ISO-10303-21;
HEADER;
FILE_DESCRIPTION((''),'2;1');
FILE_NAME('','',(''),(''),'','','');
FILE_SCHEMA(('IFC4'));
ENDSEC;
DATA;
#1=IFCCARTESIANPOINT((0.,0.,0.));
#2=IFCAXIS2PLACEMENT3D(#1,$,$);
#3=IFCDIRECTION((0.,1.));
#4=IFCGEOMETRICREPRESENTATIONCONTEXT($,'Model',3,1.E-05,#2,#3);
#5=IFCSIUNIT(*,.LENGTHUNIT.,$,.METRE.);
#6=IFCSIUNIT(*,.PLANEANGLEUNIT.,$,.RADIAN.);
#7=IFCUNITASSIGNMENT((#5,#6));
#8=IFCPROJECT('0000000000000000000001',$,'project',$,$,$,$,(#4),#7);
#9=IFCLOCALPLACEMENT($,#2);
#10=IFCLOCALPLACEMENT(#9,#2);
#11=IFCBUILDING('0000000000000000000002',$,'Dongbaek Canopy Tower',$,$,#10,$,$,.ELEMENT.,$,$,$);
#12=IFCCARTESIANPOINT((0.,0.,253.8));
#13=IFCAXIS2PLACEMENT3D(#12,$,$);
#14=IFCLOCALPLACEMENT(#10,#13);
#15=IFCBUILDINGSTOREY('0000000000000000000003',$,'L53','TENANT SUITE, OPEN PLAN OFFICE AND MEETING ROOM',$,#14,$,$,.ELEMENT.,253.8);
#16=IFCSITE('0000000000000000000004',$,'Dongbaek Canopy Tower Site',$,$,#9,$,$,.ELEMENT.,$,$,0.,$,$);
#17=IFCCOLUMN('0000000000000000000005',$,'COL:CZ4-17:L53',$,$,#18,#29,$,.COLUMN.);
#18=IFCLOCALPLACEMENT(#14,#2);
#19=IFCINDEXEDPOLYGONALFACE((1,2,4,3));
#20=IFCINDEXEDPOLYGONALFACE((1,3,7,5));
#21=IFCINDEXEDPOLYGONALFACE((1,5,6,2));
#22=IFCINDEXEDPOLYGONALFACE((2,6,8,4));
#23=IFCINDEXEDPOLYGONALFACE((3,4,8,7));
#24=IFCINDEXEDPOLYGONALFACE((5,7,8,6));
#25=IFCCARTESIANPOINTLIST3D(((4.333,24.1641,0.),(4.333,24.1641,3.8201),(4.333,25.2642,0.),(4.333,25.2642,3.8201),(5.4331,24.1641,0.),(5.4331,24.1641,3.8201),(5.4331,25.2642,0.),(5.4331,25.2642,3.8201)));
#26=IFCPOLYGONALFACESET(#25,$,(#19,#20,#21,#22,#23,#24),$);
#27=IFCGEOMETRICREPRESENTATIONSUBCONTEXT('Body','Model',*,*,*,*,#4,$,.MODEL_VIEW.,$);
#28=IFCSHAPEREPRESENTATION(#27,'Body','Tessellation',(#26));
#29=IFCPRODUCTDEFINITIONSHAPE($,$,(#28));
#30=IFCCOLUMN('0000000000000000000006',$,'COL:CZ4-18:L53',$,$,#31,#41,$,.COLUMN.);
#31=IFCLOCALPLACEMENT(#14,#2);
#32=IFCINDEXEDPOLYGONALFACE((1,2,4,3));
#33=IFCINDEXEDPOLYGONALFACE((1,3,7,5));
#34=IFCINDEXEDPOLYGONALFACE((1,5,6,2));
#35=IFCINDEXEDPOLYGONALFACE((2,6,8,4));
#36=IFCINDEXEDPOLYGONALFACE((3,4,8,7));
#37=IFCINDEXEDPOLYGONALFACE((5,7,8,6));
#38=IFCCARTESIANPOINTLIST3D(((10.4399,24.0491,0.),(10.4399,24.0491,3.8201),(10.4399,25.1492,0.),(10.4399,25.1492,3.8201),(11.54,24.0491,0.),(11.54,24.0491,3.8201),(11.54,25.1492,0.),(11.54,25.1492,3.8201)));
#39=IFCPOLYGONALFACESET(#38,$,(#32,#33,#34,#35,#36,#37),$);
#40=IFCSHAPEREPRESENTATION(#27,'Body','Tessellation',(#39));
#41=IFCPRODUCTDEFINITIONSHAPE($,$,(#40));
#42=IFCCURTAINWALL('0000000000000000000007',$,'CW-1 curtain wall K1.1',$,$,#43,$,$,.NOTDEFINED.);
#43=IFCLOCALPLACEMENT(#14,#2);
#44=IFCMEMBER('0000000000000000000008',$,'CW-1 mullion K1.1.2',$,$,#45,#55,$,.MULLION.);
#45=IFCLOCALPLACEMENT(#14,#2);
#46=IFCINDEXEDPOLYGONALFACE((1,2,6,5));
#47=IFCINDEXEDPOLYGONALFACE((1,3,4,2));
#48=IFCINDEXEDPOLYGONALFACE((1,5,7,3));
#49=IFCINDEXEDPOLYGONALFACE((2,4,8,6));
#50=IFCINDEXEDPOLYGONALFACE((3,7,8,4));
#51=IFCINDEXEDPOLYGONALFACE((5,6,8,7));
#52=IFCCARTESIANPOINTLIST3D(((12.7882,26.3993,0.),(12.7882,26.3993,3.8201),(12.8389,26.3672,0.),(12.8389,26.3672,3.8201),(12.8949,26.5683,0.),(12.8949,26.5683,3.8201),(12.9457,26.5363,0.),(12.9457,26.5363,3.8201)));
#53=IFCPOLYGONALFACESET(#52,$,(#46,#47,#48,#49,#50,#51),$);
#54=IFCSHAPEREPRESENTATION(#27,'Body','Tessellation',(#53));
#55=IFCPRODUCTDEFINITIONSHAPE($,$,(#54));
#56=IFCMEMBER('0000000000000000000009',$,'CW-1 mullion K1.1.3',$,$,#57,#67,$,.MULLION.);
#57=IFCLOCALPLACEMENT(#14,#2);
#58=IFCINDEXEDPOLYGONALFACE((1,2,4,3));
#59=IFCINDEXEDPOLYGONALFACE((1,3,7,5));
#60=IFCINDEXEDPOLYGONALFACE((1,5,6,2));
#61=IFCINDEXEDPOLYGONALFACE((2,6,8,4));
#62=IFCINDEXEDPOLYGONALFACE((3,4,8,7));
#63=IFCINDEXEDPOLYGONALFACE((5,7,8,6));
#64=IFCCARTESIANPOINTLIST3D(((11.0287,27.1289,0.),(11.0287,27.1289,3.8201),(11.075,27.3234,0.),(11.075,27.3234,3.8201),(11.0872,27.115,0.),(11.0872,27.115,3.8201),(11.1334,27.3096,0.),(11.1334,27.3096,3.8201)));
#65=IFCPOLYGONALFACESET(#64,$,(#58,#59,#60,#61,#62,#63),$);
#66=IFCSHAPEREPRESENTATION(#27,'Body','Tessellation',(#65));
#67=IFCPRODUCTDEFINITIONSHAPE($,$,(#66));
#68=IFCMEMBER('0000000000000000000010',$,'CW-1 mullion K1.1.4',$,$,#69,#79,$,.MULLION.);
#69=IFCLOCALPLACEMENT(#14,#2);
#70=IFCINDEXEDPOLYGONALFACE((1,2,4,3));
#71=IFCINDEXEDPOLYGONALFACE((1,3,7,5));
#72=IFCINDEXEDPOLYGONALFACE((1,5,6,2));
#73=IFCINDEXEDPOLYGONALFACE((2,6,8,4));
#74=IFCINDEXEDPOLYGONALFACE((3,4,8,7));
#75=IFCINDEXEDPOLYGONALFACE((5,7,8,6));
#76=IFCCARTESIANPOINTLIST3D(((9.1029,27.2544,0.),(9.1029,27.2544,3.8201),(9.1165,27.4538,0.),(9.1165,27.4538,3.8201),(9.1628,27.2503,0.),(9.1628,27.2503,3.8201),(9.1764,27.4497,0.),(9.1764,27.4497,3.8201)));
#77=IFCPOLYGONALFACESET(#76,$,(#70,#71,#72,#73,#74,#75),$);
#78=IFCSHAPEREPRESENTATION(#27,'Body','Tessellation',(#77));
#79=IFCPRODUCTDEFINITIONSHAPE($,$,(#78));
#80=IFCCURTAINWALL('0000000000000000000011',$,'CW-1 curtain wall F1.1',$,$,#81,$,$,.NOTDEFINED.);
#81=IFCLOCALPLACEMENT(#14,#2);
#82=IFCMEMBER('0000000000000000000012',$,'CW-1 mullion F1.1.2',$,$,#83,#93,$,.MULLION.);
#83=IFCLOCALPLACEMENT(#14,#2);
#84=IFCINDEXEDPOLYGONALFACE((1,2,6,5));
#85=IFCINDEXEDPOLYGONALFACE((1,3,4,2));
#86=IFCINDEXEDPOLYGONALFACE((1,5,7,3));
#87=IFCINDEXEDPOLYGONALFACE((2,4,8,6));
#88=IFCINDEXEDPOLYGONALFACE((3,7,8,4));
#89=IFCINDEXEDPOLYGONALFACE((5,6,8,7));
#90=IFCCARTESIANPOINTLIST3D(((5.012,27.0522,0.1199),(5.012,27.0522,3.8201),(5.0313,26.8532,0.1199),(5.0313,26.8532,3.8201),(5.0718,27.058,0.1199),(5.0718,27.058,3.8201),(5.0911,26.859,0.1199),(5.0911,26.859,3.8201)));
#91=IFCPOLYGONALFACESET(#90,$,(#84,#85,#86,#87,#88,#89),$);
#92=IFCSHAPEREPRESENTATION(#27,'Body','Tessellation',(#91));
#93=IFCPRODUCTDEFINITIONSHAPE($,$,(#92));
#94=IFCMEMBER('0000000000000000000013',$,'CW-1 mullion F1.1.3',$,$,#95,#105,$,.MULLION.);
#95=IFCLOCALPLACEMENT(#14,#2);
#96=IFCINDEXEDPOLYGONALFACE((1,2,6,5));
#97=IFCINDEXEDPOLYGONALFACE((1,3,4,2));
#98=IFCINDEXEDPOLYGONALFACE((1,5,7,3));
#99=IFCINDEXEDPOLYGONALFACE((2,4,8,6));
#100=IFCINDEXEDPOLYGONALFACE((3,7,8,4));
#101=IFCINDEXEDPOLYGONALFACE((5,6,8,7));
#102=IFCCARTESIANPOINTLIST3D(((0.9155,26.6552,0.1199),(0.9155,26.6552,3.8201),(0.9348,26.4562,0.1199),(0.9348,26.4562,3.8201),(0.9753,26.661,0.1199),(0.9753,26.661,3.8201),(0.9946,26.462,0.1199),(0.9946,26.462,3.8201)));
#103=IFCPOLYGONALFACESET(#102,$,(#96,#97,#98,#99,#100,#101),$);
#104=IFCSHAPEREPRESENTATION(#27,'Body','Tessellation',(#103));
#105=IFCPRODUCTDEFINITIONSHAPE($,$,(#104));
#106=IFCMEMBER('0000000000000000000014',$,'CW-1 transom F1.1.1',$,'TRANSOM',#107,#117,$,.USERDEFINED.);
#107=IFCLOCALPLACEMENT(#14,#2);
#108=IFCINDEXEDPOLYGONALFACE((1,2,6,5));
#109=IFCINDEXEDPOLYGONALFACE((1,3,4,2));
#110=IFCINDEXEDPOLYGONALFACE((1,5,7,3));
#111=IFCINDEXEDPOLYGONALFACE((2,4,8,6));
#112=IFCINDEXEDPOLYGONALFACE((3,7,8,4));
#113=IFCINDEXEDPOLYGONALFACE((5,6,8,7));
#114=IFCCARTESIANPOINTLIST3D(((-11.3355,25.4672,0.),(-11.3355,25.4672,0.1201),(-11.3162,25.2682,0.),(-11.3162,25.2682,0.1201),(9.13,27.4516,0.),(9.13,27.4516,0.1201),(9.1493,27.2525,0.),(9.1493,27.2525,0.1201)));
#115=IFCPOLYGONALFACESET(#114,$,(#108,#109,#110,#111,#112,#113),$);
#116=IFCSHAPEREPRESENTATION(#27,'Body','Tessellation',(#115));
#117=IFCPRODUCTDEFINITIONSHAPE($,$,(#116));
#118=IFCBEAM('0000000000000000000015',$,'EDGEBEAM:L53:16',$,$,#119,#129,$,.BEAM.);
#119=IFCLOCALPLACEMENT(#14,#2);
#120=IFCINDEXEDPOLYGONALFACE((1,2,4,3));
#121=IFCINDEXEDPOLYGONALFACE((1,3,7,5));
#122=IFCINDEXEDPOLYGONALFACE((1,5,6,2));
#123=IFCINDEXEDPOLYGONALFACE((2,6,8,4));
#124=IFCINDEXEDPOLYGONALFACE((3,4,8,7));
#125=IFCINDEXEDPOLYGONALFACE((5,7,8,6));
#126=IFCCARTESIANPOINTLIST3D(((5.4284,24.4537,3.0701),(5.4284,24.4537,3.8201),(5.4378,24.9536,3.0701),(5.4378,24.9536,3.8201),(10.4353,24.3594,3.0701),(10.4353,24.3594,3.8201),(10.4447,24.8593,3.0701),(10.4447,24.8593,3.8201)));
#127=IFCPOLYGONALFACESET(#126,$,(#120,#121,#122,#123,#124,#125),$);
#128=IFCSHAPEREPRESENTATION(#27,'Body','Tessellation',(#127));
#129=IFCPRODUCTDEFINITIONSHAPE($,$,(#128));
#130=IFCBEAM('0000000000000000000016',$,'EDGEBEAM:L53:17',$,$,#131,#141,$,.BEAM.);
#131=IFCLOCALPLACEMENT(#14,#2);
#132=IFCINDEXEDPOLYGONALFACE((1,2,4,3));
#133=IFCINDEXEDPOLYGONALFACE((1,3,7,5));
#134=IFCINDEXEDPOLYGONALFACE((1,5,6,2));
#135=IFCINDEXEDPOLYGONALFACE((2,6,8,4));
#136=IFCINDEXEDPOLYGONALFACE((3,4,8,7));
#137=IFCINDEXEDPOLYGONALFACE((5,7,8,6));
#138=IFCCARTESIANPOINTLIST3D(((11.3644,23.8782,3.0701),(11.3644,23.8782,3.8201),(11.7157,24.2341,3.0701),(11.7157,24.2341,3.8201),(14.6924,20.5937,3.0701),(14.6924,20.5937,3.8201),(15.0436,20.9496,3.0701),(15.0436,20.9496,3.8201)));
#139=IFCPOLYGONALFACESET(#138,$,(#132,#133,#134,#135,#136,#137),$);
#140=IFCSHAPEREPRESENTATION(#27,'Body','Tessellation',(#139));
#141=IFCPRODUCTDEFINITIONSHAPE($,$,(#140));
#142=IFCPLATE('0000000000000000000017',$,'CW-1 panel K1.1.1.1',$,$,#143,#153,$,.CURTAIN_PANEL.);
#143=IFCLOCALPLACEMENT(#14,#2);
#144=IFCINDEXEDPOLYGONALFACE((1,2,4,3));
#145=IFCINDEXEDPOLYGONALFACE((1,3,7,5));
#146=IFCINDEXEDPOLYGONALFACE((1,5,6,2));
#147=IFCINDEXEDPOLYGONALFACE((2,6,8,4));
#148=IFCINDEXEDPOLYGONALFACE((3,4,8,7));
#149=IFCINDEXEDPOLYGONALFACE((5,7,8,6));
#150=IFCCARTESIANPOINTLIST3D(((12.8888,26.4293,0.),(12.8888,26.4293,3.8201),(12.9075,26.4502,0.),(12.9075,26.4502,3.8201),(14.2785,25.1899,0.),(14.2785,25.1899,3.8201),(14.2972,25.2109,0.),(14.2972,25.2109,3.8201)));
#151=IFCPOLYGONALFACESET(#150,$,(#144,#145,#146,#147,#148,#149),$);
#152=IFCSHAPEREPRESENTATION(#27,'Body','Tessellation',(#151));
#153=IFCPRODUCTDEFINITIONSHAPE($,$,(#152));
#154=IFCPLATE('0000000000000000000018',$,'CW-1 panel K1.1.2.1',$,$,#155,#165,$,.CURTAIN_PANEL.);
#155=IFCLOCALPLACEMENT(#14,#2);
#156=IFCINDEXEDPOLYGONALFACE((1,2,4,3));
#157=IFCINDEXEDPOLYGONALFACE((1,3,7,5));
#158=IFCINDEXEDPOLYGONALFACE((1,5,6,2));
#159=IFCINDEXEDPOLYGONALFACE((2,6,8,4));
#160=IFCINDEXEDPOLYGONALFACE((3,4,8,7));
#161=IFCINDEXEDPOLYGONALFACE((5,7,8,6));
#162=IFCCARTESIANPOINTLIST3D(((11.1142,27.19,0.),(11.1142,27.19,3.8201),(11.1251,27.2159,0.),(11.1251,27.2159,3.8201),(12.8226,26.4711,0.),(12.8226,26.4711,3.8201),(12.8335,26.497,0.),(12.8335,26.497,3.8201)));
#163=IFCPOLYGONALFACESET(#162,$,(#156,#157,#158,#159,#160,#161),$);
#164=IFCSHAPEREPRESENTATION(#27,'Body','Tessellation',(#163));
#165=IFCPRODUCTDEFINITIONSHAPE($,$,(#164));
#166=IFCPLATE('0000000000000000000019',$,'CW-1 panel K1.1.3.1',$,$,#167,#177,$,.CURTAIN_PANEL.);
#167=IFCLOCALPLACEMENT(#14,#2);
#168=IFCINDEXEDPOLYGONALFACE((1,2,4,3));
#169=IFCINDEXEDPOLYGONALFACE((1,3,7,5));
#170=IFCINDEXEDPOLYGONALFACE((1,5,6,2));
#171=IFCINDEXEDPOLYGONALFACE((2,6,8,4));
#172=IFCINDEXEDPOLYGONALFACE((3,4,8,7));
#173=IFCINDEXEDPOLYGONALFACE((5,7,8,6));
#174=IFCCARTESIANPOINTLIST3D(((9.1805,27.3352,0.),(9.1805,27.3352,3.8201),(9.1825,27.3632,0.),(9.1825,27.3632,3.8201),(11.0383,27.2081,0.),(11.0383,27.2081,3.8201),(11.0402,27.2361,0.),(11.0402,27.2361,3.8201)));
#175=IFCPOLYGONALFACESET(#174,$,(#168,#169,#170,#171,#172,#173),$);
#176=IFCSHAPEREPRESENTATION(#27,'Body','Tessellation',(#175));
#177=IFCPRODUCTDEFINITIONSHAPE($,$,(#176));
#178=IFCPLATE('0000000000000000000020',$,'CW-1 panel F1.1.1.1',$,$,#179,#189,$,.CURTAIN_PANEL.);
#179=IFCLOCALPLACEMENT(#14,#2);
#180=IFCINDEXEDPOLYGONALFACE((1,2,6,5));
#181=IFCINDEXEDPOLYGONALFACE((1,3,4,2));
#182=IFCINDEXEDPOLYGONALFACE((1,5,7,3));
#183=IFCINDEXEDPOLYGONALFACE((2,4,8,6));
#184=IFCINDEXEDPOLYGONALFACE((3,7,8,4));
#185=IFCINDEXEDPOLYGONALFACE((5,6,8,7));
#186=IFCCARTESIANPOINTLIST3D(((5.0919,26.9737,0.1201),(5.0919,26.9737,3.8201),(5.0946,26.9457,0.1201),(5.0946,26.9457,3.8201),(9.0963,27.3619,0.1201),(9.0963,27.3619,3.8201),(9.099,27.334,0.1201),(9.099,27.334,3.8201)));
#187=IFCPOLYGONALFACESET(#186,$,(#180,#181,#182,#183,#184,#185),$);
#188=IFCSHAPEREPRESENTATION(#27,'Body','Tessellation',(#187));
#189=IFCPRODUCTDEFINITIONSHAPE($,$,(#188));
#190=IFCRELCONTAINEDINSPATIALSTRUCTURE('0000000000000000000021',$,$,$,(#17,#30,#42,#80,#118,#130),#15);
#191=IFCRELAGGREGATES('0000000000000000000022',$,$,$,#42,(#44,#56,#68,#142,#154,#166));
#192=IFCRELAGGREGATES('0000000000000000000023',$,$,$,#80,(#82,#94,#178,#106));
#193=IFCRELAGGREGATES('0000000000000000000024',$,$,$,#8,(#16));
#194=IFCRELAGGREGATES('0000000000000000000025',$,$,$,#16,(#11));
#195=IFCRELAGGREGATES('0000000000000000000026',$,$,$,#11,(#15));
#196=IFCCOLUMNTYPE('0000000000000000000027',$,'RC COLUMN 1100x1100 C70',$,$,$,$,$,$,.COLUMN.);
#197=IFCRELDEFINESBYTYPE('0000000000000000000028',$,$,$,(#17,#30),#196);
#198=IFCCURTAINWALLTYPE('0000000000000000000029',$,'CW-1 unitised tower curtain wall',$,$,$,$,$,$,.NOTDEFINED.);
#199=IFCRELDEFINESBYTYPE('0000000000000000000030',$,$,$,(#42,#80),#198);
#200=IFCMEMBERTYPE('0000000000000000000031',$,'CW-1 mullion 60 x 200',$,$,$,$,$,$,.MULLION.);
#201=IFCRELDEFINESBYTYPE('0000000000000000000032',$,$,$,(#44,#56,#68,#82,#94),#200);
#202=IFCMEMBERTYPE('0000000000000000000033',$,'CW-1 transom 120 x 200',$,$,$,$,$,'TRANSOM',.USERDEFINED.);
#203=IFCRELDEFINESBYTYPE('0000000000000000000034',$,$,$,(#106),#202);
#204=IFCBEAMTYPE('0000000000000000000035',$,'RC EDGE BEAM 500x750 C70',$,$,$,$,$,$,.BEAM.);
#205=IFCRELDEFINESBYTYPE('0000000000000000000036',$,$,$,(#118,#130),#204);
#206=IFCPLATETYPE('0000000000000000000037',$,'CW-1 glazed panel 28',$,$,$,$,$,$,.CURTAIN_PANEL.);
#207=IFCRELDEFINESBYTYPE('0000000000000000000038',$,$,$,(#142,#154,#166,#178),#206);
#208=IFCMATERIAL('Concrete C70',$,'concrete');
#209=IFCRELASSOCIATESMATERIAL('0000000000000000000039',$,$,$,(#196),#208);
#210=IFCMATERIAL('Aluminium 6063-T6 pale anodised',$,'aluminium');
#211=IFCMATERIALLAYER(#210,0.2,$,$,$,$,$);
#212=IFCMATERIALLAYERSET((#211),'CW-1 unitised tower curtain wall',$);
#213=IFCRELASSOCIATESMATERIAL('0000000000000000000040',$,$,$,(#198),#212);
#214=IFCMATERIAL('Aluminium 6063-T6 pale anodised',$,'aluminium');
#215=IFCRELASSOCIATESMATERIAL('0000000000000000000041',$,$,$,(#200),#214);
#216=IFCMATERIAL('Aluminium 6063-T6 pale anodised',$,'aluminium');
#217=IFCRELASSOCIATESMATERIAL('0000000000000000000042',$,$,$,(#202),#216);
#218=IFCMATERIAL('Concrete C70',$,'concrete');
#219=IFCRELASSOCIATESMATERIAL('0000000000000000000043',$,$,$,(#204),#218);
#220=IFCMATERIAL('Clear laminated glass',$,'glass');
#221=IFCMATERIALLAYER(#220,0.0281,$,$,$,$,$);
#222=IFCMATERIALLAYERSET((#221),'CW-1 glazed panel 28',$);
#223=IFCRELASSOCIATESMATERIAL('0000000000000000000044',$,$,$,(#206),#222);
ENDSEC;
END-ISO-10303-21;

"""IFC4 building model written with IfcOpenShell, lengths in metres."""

from ifc_helpers import new_model, si_unit, direction, frame, origin, origin_2d, place, context, subcontext, project, spatial, rectangle, extrude, material, layer, layer_set, material_profile, profile_set, type_object, element, aggregate, save


model = new_model("IFC4")

# Units and contexts
model_context = context("Model", 3, precision=1e-05, world=origin(), true_north=direction((0.0, 1.0)))
body_context = subcontext(model_context, "Body", "Model", "MODEL_VIEW")
ifc_project = project(units=[si_unit("LENGTHUNIT", "METRE"), si_unit("PLANEANGLEUNIT", "RADIAN")], contexts=[model_context])

# Site, building, storey
site_placement = place(None, origin())
site = spatial("IfcSite", under=ifc_project, at=site_placement, Name="Dongbaek Canopy Tower Site", CompositionType="ELEMENT", RefElevation=0.0)
building_placement = place(site_placement, origin())
building = spatial("IfcBuilding", under=site, at=building_placement, Name="Dongbaek Canopy Tower", CompositionType="ELEMENT")
storey_placement = place(building_placement, frame((0.0, 0.0, 253.8)))
storey = spatial("IfcBuildingStorey", under=building, at=storey_placement, Name="L53", Description="TENANT SUITE, OPEN PLAN OFFICE AND MEETING ROOM", CompositionType="ELEMENT", Elevation=253.8)

# Columns
ifc_material_1 = material(Name="Concrete C70", Category="concrete")
ifc_material_profile_1 = material_profile(ifc_material_1, rectangle(XDim=1.1001, YDim=1.1001, at=origin_2d()), Name="RC COLUMN 1100x1100 C70")
ifc_profile_set_1 = profile_set([ifc_material_profile_1], Name="Concrete C70")
column_type = type_object("IfcColumnType", Name="RC COLUMN 1100x1100 C70", PredefinedType="COLUMN", material=ifc_profile_set_1)
for number, where, z_axis, x_axis, name in (
    (1, (4.8831, 24.7141, 0.0), (0.0, 0.0, 1.0), (1.0, 0.0, 0.0), "COL:CZ4-17:L53"),
    (2, (10.99, 24.5991, 0.0), (0.0, 0.0, 1.0), (1.0, 0.0, 0.0), "COL:CZ4-18:L53"),
):
    element("IfcColumn", number, at=place(storey_placement, frame(where, z_axis=z_axis, x_axis=x_axis)), inside=storey, type_object=column_type, Name=name, PredefinedType="COLUMN", context=body_context, shape_type="SweptSolid", body=[
        extrude(rectangle(XDim=1.1001, YDim=1.1001, at=origin_2d()), origin(), (0.0, 0.0, 1.0), 3.8201),
    ])

# Curtain walls, members
ifc_material_2 = material(Name="Aluminium 6063-T6 pale anodised", Category="aluminium")
ifc_layer_1 = layer(ifc_material_2, 0.2)
ifc_layer_set_1 = layer_set([ifc_layer_1], Name="CW-1 unitised tower curtain wall")
curtain_wall_type = type_object("IfcCurtainWallType", Name="CW-1 unitised tower curtain wall", PredefinedType="NOTDEFINED", material=ifc_layer_set_1)
curtain_wall_1_placement = place(storey_placement, origin())
curtain_wall_1 = element("IfcCurtainWall", 3, at=curtain_wall_1_placement, inside=storey, type_object=curtain_wall_type, Name="CW-1 curtain wall K1.1", PredefinedType="NOTDEFINED")
ifc_material_3 = material(Name="Aluminium 6063-T6 pale anodised", Category="aluminium")
ifc_material_profile_2 = material_profile(ifc_material_3, rectangle(XDim=0.2, YDim=0.0601, at=origin_2d()), Name="CW-1 mullion 60 x 200")
ifc_profile_set_2 = profile_set([ifc_material_profile_2], Name="Aluminium 6063-T6 pale anodised")
member_type_1 = type_object("IfcMemberType", Name="CW-1 mullion 60 x 200", PredefinedType="MULLION", material=ifc_profile_set_2)
member_1_placement = place(storey_placement, frame((12.8669, 26.4678, 0.0), z_axis=(0.0, 0.0, 1.0), x_axis=(0.533975, 0.8455, 0.0)))
member_1 = element("IfcMember", 4, at=member_1_placement, type_object=member_type_1, Name="CW-1 mullion K1.1.2", PredefinedType="MULLION", context=body_context, shape_type="SweptSolid", body=[
    extrude(rectangle(XDim=0.2, YDim=0.0601, at=origin_2d()), origin(), (0.0, 0.0, 1.0), 3.8201),
])
member_2_placement = place(storey_placement, frame((11.0811, 27.2192, 0.0), z_axis=(0.0, 0.0, 1.0), x_axis=(0.231208, 0.972904, 0.0)))
member_2 = element("IfcMember", 5, at=member_2_placement, type_object=member_type_1, Name="CW-1 mullion K1.1.3", PredefinedType="MULLION", context=body_context, shape_type="SweptSolid", body=[
    extrude(rectangle(XDim=0.2, YDim=0.0601, at=origin_2d()), origin(), (0.0, 0.0, 1.0), 3.8201),
])
member_3_placement = place(storey_placement, frame((9.1396, 27.3521, 0.0), z_axis=(0.0, 0.0, 1.0), x_axis=(0.068279, 0.997666, 0.0)))
member_3 = element("IfcMember", 6, at=member_3_placement, type_object=member_type_1, Name="CW-1 mullion K1.1.4", PredefinedType="MULLION", context=body_context, shape_type="SweptSolid", body=[
    extrude(rectangle(XDim=0.2, YDim=0.0601, at=origin_2d()), origin(), (0.0, 0.0, 1.0), 3.8201),
])
curtain_wall_2_placement = place(storey_placement, origin())
curtain_wall_2 = element("IfcCurtainWall", 7, at=curtain_wall_2_placement, inside=storey, type_object=curtain_wall_type, Name="CW-1 curtain wall F1.1", PredefinedType="NOTDEFINED")
member_4_placement = place(storey_placement, frame((5.0515, 26.9556, 0.1199), z_axis=(0.0, 0.0, 1.0), x_axis=(-0.096506, 0.995332, 0.0)))
member_4 = element("IfcMember", 8, at=member_4_placement, type_object=member_type_1, Name="CW-1 mullion F1.1.2", PredefinedType="MULLION", context=body_context, shape_type="SweptSolid", body=[
    extrude(rectangle(XDim=0.2, YDim=0.0601, at=origin_2d()), origin(), (0.0, 0.0, 1.0), 3.7002),
])
member_5_placement = place(storey_placement, frame((0.9551, 26.5586, 0.1199), z_axis=(0.0, 0.0, 1.0), x_axis=(-0.096506, 0.995332, 0.0)))
member_5 = element("IfcMember", 9, at=member_5_placement, type_object=member_type_1, Name="CW-1 mullion F1.1.3", PredefinedType="MULLION", context=body_context, shape_type="SweptSolid", body=[
    extrude(rectangle(XDim=0.2, YDim=0.0601, at=origin_2d()), origin(), (0.0, 0.0, 1.0), 3.7002),
])
ifc_material_4 = material(Name="Aluminium 6063-T6 pale anodised", Category="aluminium")
ifc_material_profile_3 = material_profile(ifc_material_4, rectangle(XDim=0.2, YDim=0.1201, at=origin_2d()), Name="CW-1 transom 120 x 200")
ifc_profile_set_3 = profile_set([ifc_material_profile_3], Name="Aluminium 6063-T6 pale anodised")
member_type_2 = type_object("IfcMemberType", Name="CW-1 transom 120 x 200", ElementType="TRANSOM", PredefinedType="USERDEFINED", material=ifc_profile_set_3)
member_6_placement = place(storey_placement, frame((9.1396, 27.3521, 0.0601), z_axis=(-0.995332, -0.096509, 0.0), x_axis=(0.096509, -0.995332, 0.0)))
member_6 = element("IfcMember", 10, at=member_6_placement, type_object=member_type_2, Name="CW-1 transom F1.1.1", ObjectType="TRANSOM", PredefinedType="USERDEFINED", context=body_context, shape_type="SweptSolid", body=[
    extrude(rectangle(XDim=0.2, YDim=0.1201, at=origin_2d()), origin(), (0.0, 0.0, 1.0), 20.5615),
])

# Beams
ifc_material_5 = material(Name="Concrete C70", Category="concrete")
ifc_material_profile_4 = material_profile(ifc_material_5, rectangle(XDim=0.5, YDim=0.75, at=origin_2d()), Name="RC EDGE BEAM 500x750 C70")
ifc_profile_set_4 = profile_set([ifc_material_profile_4], Name="Concrete C70")
beam_type = type_object("IfcBeamType", Name="RC EDGE BEAM 500x750 C70", PredefinedType="BEAM", material=ifc_profile_set_4)
beam_1_placement = place(storey_placement, frame((5.4331, 24.7036, 3.4451), z_axis=(0.999823, -0.018819, 0.0), x_axis=(0.018819, 0.999823, 0.0)))
element("IfcBeam", 11, at=beam_1_placement, inside=storey, type_object=beam_type, Name="EDGEBEAM:L53:16", PredefinedType="BEAM", context=body_context, shape_type="SweptSolid", body=[
    extrude(rectangle(XDim=0.5, YDim=0.75, at=origin_2d()), origin(), (0.0, 0.0, 1.0), 5.0078),
])
beam_2_placement = place(storey_placement, frame((11.54, 24.0562, 3.4451), z_axis=(0.711739, -0.702444, 0.0), x_axis=(0.702444, 0.711739, 0.0)))
element("IfcBeam", 12, at=beam_2_placement, inside=storey, type_object=beam_type, Name="EDGEBEAM:L53:17", PredefinedType="BEAM", context=body_context, shape_type="SweptSolid", body=[
    extrude(rectangle(XDim=0.5, YDim=0.75, at=origin_2d()), origin(), (0.0, 0.0, 1.0), 4.6758),
])

# Plates
ifc_material_6 = material(Name="Clear laminated glass", Category="glass")
ifc_layer_2 = layer(ifc_material_6, 0.0281)
ifc_layer_set_2 = layer_set([ifc_layer_2], Name="CW-1 glazed panel 28")
plate_type = type_object("IfcPlateType", Name="CW-1 glazed panel 28", PredefinedType="CURTAIN_PANEL", material=ifc_layer_set_2)
plate_1_placement = place(storey_placement, frame((13.593, 25.8201, 0.0), z_axis=(0.0, 0.0, 1.0), x_axis=(-0.746318, 0.665589, 0.0)))
plate_1 = element("IfcPlate", 13, at=plate_1_placement, type_object=plate_type, Name="CW-1 panel K1.1.1.1", PredefinedType="CURTAIN_PANEL", context=body_context, shape_type="SweptSolid", body=[
    extrude(rectangle(XDim=1.8621, YDim=0.0281, at=origin_2d()), origin(), (0.0, 0.0, 1.0), 3.8201),
])
plate_2_placement = place(storey_placement, frame((11.9739, 26.8435, 0.0), z_axis=(0.0, 0.0, 1.0), x_axis=(-0.921719, 0.387859, 0.0)))
plate_2 = element("IfcPlate", 14, at=plate_2_placement, type_object=plate_type, Name="CW-1 panel K1.1.2.1", PredefinedType="CURTAIN_PANEL", context=body_context, shape_type="SweptSolid", body=[
    extrude(rectangle(XDim=1.8535, YDim=0.0281, at=origin_2d()), origin(), (0.0, 0.0, 1.0), 3.8201),
])
plate_3_placement = place(storey_placement, frame((10.1104, 27.2856, 0.0), z_axis=(0.0, 0.0, 1.0), x_axis=(-0.997666, 0.068279, 0.0)))
plate_3 = element("IfcPlate", 15, at=plate_3_placement, type_object=plate_type, Name="CW-1 panel K1.1.3.1", PredefinedType="CURTAIN_PANEL", context=body_context, shape_type="SweptSolid", body=[
    extrude(rectangle(XDim=1.8621, YDim=0.0281, at=origin_2d()), origin(), (0.0, 0.0, 1.0), 3.8201),
])
aggregate(curtain_wall_1, [member_1, member_2, member_3, plate_1, plate_2, plate_3])
plate_4_placement = place(storey_placement, frame((7.0955, 27.1538, 0.1201), z_axis=(0.0, 0.0, 1.0), x_axis=(-0.995332, -0.096506, 0.0)))
plate_4 = element("IfcPlate", 16, at=plate_4_placement, type_object=plate_type, Name="CW-1 panel F1.1.1.1", PredefinedType="CURTAIN_PANEL", context=body_context, shape_type="SweptSolid", body=[
    extrude(rectangle(XDim=4.0232, YDim=0.0281, at=origin_2d()), origin(), (0.0, 0.0, 1.0), 3.7),
])

aggregate(curtain_wall_2, [member_4, member_5, plate_4, member_6])

save(model, "model.ifc")
